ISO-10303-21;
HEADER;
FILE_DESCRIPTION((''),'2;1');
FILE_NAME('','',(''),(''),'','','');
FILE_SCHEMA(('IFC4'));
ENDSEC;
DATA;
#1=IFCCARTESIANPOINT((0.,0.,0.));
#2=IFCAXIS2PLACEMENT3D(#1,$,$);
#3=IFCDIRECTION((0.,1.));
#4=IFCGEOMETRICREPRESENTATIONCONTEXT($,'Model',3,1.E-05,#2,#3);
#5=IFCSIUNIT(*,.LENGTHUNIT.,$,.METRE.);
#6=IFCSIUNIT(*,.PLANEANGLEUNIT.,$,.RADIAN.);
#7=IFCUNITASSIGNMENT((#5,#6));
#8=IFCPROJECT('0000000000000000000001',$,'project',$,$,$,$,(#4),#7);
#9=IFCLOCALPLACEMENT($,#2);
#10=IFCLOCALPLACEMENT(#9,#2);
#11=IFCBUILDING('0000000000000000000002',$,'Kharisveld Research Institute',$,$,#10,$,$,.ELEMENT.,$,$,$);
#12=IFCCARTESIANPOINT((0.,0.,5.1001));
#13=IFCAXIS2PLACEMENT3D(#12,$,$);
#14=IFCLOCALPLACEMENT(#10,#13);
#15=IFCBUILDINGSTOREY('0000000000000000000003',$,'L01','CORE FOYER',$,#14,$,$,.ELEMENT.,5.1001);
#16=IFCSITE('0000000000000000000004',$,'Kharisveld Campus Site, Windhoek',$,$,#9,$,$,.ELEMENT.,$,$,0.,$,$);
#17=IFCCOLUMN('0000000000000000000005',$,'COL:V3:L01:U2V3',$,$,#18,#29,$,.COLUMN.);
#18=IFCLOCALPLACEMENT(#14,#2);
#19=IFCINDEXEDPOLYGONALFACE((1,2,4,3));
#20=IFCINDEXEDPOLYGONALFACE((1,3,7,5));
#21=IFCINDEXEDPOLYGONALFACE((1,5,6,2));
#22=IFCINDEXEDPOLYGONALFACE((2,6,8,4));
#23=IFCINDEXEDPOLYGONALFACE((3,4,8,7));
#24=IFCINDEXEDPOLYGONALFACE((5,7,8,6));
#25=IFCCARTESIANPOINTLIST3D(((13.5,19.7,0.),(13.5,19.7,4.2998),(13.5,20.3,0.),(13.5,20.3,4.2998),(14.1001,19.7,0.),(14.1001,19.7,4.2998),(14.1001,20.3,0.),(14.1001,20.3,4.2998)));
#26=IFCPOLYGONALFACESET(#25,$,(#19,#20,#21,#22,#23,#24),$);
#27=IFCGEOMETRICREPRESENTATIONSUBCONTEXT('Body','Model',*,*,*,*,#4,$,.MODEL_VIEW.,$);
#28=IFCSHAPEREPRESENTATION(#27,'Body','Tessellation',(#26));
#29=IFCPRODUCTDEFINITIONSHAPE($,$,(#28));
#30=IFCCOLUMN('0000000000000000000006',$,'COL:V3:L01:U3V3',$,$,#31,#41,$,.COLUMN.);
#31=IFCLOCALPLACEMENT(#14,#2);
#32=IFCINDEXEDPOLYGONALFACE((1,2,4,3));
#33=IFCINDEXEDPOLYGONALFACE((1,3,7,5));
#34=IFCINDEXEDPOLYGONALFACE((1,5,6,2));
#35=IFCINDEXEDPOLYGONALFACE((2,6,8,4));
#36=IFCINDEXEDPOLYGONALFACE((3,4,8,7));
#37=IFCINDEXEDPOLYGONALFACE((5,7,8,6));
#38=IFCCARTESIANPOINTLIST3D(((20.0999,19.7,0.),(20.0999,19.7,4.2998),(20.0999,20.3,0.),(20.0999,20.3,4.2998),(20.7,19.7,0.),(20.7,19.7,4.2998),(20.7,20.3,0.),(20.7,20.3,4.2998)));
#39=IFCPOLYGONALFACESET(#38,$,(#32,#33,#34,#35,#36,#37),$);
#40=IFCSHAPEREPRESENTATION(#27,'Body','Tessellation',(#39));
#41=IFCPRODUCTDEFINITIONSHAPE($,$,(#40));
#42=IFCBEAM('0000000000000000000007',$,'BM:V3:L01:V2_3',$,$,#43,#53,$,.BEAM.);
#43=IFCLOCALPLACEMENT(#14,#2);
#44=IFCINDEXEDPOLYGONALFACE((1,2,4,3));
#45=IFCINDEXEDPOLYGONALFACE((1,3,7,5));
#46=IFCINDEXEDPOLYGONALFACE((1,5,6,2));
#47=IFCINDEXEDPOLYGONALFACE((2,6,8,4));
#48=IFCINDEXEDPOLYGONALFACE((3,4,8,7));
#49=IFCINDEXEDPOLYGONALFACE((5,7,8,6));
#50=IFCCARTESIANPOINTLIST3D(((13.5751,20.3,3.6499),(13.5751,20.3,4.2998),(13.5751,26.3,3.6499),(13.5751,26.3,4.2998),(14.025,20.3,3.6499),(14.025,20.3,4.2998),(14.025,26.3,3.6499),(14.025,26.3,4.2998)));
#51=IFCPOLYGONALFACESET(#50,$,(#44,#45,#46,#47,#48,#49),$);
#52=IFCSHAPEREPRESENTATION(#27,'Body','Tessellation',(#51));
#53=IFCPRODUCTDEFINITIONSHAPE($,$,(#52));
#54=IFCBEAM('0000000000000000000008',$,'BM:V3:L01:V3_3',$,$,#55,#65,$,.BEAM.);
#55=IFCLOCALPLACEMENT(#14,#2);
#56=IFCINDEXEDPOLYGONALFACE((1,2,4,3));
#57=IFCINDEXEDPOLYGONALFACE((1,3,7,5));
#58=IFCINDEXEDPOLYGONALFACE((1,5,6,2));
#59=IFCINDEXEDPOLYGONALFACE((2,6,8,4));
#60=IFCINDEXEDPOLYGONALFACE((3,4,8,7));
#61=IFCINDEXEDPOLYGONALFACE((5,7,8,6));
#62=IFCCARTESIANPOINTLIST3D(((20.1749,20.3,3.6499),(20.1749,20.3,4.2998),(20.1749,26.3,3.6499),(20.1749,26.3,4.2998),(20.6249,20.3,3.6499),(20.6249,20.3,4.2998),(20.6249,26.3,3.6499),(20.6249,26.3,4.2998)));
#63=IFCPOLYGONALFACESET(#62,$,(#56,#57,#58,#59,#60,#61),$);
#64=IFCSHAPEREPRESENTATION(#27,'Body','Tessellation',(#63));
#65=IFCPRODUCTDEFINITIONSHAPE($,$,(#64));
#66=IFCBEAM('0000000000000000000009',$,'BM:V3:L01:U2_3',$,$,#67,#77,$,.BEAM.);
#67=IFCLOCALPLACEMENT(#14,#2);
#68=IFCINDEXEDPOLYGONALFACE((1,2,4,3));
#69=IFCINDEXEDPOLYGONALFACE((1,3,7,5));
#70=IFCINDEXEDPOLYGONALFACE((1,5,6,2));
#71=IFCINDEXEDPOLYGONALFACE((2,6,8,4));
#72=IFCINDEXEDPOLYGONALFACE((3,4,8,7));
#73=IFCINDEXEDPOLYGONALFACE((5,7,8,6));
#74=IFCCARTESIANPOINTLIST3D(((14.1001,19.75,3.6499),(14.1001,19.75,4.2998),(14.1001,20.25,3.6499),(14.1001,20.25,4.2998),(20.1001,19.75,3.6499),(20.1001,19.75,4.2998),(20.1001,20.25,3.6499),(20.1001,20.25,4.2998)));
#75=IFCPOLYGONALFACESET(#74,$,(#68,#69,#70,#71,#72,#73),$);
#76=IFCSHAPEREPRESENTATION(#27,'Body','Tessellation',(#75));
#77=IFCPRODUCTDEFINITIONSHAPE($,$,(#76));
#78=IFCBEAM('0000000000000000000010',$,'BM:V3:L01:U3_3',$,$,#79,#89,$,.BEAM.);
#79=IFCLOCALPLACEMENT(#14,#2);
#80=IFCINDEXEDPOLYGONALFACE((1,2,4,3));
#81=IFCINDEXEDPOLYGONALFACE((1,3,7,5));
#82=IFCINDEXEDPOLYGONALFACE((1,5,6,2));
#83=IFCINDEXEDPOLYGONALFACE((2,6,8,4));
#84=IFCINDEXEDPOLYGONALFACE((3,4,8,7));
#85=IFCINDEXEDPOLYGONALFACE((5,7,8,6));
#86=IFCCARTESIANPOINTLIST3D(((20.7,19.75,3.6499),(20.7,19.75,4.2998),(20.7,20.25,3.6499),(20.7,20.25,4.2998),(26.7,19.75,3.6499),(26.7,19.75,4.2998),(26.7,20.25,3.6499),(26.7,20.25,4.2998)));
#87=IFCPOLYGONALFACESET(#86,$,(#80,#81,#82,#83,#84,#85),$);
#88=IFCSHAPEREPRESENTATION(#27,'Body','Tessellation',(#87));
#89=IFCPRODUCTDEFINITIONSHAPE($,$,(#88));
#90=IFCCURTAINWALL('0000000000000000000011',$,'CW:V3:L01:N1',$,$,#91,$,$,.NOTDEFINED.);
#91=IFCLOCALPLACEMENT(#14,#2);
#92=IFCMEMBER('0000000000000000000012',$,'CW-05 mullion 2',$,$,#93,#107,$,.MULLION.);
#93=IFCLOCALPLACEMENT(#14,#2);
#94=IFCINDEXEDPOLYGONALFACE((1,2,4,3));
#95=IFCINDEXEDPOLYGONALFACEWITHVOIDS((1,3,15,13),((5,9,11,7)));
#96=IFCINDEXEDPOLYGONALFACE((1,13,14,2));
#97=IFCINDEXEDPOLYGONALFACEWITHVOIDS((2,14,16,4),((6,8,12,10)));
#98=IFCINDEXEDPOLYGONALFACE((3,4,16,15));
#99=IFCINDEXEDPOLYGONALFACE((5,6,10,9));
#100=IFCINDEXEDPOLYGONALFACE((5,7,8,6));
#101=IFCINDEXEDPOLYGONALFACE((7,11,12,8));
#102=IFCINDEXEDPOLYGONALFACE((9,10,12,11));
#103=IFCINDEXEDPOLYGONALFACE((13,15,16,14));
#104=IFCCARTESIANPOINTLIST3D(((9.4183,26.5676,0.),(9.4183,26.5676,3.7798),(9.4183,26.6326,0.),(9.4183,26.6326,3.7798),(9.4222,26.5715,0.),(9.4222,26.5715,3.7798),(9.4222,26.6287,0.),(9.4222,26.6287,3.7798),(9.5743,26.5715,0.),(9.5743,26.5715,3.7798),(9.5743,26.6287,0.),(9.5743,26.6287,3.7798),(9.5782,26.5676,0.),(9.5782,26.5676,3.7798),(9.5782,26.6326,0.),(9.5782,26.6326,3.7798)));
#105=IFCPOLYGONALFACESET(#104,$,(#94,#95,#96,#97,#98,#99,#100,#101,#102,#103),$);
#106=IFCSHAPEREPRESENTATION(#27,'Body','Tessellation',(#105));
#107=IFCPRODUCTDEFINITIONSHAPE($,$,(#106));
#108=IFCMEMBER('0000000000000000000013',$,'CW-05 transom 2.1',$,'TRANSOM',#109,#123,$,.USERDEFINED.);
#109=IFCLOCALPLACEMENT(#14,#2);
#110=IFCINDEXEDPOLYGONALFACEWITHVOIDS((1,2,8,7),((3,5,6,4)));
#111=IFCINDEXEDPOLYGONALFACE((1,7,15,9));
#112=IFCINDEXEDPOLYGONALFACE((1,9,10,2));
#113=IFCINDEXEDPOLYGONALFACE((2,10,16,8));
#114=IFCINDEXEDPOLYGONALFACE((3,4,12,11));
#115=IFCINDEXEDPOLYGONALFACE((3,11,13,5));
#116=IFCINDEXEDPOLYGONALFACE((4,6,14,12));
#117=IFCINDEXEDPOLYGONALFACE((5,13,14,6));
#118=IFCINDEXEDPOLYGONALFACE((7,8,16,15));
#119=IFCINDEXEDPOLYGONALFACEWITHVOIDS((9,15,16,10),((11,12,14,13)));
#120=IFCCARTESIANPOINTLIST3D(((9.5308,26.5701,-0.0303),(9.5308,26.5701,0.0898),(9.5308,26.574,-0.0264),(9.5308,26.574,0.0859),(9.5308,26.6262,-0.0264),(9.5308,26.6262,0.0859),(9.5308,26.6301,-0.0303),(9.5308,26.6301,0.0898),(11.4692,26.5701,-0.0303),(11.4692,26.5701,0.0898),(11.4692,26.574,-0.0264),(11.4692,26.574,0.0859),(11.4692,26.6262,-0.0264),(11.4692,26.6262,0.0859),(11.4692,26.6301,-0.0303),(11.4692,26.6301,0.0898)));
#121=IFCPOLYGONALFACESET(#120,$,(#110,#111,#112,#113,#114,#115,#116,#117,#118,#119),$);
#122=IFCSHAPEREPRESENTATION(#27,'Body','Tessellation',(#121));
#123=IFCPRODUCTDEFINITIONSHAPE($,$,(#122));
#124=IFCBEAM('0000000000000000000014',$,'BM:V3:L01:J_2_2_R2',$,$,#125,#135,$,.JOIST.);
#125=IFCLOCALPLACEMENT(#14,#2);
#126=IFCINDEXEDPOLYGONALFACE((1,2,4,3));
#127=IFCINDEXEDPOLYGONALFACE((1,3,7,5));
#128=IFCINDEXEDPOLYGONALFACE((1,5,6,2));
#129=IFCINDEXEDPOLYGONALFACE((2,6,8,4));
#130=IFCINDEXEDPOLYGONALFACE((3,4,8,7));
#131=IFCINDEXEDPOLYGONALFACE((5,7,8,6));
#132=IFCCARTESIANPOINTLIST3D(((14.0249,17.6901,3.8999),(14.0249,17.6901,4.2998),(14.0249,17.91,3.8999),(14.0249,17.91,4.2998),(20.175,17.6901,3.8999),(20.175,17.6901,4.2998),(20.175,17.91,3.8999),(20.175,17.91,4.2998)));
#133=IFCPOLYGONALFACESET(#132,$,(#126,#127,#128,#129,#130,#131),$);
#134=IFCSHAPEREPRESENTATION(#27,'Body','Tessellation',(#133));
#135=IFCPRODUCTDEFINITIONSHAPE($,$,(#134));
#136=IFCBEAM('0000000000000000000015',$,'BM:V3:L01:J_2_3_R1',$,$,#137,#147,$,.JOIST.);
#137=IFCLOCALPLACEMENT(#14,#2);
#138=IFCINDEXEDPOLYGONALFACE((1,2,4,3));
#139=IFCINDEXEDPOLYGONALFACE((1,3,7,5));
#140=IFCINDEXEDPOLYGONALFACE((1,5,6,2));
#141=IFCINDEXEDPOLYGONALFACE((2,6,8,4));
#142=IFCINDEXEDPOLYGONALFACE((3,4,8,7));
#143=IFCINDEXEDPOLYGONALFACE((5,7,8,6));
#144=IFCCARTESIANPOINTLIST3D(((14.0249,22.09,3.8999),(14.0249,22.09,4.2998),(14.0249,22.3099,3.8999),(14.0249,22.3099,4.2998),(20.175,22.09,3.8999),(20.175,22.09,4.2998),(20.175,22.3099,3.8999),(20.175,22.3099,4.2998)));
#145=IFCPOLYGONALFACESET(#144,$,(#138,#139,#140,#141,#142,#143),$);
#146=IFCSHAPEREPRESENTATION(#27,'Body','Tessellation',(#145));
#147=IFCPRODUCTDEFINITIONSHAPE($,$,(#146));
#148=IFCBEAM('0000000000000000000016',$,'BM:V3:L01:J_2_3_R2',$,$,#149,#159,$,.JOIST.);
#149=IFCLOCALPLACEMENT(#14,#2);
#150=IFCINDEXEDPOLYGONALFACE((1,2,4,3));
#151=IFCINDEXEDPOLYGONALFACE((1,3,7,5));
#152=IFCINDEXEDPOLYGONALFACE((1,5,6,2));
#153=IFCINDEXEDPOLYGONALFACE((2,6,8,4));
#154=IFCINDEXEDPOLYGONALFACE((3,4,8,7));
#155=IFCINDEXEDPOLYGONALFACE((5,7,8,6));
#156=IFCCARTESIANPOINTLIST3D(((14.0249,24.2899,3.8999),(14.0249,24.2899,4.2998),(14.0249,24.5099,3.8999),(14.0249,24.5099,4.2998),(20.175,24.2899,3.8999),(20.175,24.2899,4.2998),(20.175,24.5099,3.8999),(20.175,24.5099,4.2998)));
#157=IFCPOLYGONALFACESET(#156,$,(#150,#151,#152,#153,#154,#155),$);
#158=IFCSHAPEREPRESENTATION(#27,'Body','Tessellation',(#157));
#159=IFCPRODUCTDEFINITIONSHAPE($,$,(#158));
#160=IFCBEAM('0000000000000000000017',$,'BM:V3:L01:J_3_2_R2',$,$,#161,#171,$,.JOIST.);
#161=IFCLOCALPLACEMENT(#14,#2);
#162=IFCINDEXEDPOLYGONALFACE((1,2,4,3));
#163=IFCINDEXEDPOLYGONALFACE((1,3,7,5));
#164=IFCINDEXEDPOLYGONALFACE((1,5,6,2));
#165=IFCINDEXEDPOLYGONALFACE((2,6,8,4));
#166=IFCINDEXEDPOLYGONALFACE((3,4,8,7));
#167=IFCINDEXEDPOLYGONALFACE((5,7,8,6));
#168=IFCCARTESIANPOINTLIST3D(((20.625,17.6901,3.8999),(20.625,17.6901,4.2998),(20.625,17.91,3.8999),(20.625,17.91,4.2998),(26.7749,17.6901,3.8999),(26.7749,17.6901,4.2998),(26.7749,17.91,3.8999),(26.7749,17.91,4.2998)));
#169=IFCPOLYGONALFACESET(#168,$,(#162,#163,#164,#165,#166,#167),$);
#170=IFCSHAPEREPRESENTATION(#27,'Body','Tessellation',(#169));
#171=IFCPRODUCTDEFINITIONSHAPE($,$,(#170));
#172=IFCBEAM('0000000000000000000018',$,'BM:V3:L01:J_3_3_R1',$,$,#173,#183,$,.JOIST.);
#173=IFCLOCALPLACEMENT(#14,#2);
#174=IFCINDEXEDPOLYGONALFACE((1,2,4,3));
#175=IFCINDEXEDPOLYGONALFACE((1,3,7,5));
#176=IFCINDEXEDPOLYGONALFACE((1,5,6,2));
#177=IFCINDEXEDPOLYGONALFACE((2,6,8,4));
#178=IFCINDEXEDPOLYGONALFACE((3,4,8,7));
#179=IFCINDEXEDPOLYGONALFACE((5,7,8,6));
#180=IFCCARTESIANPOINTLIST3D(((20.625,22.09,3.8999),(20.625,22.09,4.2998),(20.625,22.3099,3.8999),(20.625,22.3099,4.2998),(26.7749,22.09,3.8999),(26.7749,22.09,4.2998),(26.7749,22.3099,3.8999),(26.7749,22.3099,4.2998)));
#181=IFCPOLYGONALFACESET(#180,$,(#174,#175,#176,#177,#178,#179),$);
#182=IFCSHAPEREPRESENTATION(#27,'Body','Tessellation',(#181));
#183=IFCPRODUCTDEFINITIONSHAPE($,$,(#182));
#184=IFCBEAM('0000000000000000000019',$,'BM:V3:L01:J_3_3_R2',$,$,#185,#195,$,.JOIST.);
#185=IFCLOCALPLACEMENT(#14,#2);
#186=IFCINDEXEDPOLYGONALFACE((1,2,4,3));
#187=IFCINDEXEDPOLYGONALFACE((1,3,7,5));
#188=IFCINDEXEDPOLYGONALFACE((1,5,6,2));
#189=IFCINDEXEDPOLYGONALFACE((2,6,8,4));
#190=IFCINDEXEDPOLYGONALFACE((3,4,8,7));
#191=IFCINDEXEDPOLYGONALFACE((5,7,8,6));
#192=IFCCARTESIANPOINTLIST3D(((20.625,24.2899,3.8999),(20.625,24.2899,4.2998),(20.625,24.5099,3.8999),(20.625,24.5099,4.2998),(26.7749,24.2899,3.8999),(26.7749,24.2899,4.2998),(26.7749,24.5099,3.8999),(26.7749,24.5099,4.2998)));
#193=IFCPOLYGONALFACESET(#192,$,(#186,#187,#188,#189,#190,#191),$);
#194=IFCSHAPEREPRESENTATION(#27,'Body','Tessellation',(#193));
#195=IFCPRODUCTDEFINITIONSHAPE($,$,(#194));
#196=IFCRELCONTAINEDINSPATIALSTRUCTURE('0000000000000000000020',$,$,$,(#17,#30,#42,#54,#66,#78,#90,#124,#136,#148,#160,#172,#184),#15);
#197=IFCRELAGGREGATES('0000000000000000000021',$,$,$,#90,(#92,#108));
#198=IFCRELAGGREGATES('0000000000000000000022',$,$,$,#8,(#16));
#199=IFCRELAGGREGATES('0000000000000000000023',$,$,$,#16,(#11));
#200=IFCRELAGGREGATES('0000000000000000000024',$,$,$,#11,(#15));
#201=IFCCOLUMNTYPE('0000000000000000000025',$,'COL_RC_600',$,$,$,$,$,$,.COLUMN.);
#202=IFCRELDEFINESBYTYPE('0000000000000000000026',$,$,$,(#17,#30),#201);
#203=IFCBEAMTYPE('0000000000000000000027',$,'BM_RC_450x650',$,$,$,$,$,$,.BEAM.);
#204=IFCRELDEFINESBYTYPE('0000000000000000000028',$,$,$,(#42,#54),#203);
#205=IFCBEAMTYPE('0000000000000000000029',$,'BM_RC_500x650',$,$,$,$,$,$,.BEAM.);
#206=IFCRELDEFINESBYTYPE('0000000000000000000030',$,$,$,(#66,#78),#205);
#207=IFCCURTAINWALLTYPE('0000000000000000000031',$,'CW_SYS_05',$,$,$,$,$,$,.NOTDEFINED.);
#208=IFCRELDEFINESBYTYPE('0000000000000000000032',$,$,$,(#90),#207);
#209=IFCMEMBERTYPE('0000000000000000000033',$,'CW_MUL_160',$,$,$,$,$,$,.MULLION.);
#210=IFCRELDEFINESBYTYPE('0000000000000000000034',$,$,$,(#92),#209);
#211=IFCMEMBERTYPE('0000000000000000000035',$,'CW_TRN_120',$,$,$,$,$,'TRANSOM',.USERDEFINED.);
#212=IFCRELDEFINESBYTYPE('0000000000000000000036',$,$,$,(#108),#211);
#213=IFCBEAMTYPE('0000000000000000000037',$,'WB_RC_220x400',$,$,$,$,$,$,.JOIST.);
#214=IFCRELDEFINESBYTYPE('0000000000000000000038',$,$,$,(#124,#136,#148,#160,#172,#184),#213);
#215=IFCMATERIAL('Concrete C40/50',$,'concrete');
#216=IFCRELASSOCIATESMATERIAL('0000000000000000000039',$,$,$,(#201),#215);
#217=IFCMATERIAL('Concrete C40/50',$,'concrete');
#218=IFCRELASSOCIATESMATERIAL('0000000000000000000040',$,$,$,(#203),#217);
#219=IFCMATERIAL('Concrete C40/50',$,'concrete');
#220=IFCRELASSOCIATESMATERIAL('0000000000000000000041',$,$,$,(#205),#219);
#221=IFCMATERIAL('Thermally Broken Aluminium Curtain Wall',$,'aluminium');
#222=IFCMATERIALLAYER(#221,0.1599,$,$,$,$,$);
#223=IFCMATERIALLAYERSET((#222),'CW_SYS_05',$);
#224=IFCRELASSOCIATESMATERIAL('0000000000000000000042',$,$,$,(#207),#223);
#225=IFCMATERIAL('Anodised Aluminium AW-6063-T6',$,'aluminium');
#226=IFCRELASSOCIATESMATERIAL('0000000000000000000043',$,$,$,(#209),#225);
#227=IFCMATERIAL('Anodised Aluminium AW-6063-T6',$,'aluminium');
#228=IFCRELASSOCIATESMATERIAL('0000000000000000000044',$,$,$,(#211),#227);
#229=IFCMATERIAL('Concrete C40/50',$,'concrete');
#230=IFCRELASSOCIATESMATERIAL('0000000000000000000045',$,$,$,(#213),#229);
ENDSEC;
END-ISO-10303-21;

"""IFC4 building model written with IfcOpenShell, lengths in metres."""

from ifc_helpers import new_model, si_unit, direction, frame, origin, origin_2d, place, context, subcontext, project, spatial, rectangle, hollow_rectangle, extrude, material, layer, layer_set, material_profile, profile_set, type_object, element, aggregate, save


model = new_model("IFC4")

# Units and contexts
model_context = context("Model", 3, precision=1e-05, world=origin(), true_north=direction((0.0, 1.0)))
body_context = subcontext(model_context, "Body", "Model", "MODEL_VIEW")
ifc_project = project(units=[si_unit("LENGTHUNIT", "METRE"), si_unit("PLANEANGLEUNIT", "RADIAN")], contexts=[model_context])

# Site, building, storey
site_placement = place(None, origin())
site = spatial("IfcSite", under=ifc_project, at=site_placement, Name="Kharisveld Campus Site, Windhoek", CompositionType="ELEMENT", RefElevation=0.0)
building_placement = place(site_placement, origin())
building = spatial("IfcBuilding", under=site, at=building_placement, Name="Kharisveld Research Institute", CompositionType="ELEMENT")
storey_placement = place(building_placement, frame((0.0, 0.0, 5.1001)))
storey = spatial("IfcBuildingStorey", under=building, at=storey_placement, Name="L01", Description="CORE FOYER", CompositionType="ELEMENT", Elevation=5.1001)

# Columns
ifc_material_1 = material(Name="Concrete C40/50", Category="concrete")
ifc_material_profile_1 = material_profile(ifc_material_1, rectangle(XDim=0.6001, YDim=0.6001, at=origin_2d()))
ifc_profile_set_1 = profile_set([ifc_material_profile_1], Name="Concrete C40/50")
column_type = type_object("IfcColumnType", Name="COL_RC_600", PredefinedType="COLUMN", material=ifc_profile_set_1)
for number, where, z_axis, x_axis, name in (
    (1, (13.8, 20.0, 0.0), (0.0, 0.0, 1.0), (1.0, 0.0, 0.0), "COL:V3:L01:U2V3"),
    (2, (20.3999, 20.0, 0.0), (0.0, 0.0, 1.0), (1.0, 0.0, 0.0), "COL:V3:L01:U3V3"),
):
    element("IfcColumn", number, at=place(storey_placement, frame(where, z_axis=z_axis, x_axis=x_axis)), inside=storey, type_object=column_type, Name=name, PredefinedType="COLUMN", context=body_context, shape_type="SweptSolid", body=[
        extrude(rectangle(XDim=0.6001, YDim=0.6001, at=origin_2d()), origin(), (0.0, 0.0, 1.0), 4.2998),
    ])

# Beams
ifc_material_2 = material(Name="Concrete C40/50", Category="concrete")
ifc_material_profile_2 = material_profile(ifc_material_2, rectangle(XDim=0.45, YDim=0.6499, at=origin_2d()))
ifc_profile_set_2 = profile_set([ifc_material_profile_2], Name="Concrete C40/50")
beam_type_1 = type_object("IfcBeamType", Name="BM_RC_450x650", PredefinedType="BEAM", material=ifc_profile_set_2)
for number, where, z_axis, x_axis, name in (
    (3, (13.8, 20.3, 3.9749), (0.0, 1.0, 0.0), (-1.0, 0.0, 0.0), "BM:V3:L01:V2_3"),
    (4, (20.3999, 20.3, 3.9749), (0.0, 1.0, 0.0), (-1.0, 0.0, 0.0), "BM:V3:L01:V3_3"),
):
    element("IfcBeam", number, at=place(storey_placement, frame(where, z_axis=z_axis, x_axis=x_axis)), inside=storey, type_object=beam_type_1, Name=name, PredefinedType="BEAM", context=body_context, shape_type="SweptSolid", body=[
        extrude(rectangle(XDim=0.45, YDim=0.6499, at=origin_2d()), origin(), (0.0, 0.0, 1.0), 6.0),
    ])
ifc_material_3 = material(Name="Concrete C40/50", Category="concrete")
ifc_material_profile_3 = material_profile(ifc_material_3, rectangle(XDim=0.5, YDim=0.6499, at=origin_2d()))
ifc_profile_set_3 = profile_set([ifc_material_profile_3], Name="Concrete C40/50")
beam_type_2 = type_object("IfcBeamType", Name="BM_RC_500x650", PredefinedType="BEAM", material=ifc_profile_set_3)
for number, where, z_axis, x_axis, name in (
    (5, (14.1001, 20.0, 3.9749), (1.0, 0.0, 0.0), (0.0, 1.0, 0.0), "BM:V3:L01:U2_3"),
    (6, (20.7, 20.0, 3.9749), (1.0, 0.0, 0.0), (0.0, 1.0, 0.0), "BM:V3:L01:U3_3"),
):
    element("IfcBeam", number, at=place(storey_placement, frame(where, z_axis=z_axis, x_axis=x_axis)), inside=storey, type_object=beam_type_2, Name=name, PredefinedType="BEAM", context=body_context, shape_type="SweptSolid", body=[
        extrude(rectangle(XDim=0.5, YDim=0.6499, at=origin_2d()), origin(), (0.0, 0.0, 1.0), 6.0),
    ])

# Curtain wall, members
ifc_material_4 = material(Name="Thermally Broken Aluminium Curtain Wall", Category="aluminium")
ifc_layer_1 = layer(ifc_material_4, 0.1599)
ifc_layer_set_1 = layer_set([ifc_layer_1], Name="CW_SYS_05")
curtain_wall_type = type_object("IfcCurtainWallType", Name="CW_SYS_05", PredefinedType="NOTDEFINED", material=ifc_layer_set_1)
curtain_wall_placement = place(storey_placement, origin())
curtain_wall = element("IfcCurtainWall", 7, at=curtain_wall_placement, inside=storey, type_object=curtain_wall_type, Name="CW:V3:L01:N1", PredefinedType="NOTDEFINED")
ifc_material_5 = material(Name="Anodised Aluminium AW-6063-T6", Category="aluminium")
ifc_material_profile_4 = material_profile(ifc_material_5, hollow_rectangle(XDim=0.0649, YDim=0.1599, WallThickness=0.0039, at=origin_2d()))
ifc_profile_set_4 = profile_set([ifc_material_profile_4], Name="Anodised Aluminium AW-6063-T6")
member_type_1 = type_object("IfcMemberType", Name="CW_MUL_160", PredefinedType="MULLION", material=ifc_profile_set_4)
member_1_placement = place(storey_placement, frame((9.4983, 26.6001, 0.0), z_axis=(0.0, 0.0, 1.0), x_axis=(0.0, 1.0, 0.0)))
member_1 = element("IfcMember", 8, at=member_1_placement, type_object=member_type_1, Name="CW-05 mullion 2", PredefinedType="MULLION", context=body_context, shape_type="SweptSolid", body=[
    extrude(hollow_rectangle(XDim=0.0649, YDim=0.1599, WallThickness=0.0039, at=origin_2d()), origin(), (0.0, 0.0, 1.0), 3.7798),
])
ifc_material_6 = material(Name="Anodised Aluminium AW-6063-T6", Category="aluminium")
ifc_material_profile_5 = material_profile(ifc_material_6, hollow_rectangle(XDim=0.0601, YDim=0.1201, WallThickness=0.0039, at=origin_2d()))
ifc_profile_set_5 = profile_set([ifc_material_profile_5], Name="Anodised Aluminium AW-6063-T6")
member_type_2 = type_object("IfcMemberType", Name="CW_TRN_120", ElementType="TRANSOM", PredefinedType="USERDEFINED", material=ifc_profile_set_5)
member_2_placement = place(storey_placement, frame((9.5308, 26.6001, 0.0298), z_axis=(1.0, 0.0, 0.0), x_axis=(0.0, 1.0, 0.0)))
member_2 = element("IfcMember", 9, at=member_2_placement, type_object=member_type_2, Name="CW-05 transom 2.1", ObjectType="TRANSOM", PredefinedType="USERDEFINED", context=body_context, shape_type="SweptSolid", body=[
    extrude(hollow_rectangle(XDim=0.0601, YDim=0.1201, WallThickness=0.0039, at=origin_2d()), origin(), (0.0, 0.0, 1.0), 1.9385),
])

# Beams
ifc_material_7 = material(Name="Concrete C40/50", Category="concrete")
ifc_material_profile_6 = material_profile(ifc_material_7, rectangle(XDim=0.22, YDim=0.3999, at=origin_2d()))
ifc_profile_set_6 = profile_set([ifc_material_profile_6], Name="Concrete C40/50")
beam_type_3 = type_object("IfcBeamType", Name="WB_RC_220x400", PredefinedType="JOIST", material=ifc_profile_set_6)
for number, where, z_axis, x_axis, name in (
    (10, (14.0249, 17.8, 4.0999), (1.0, 0.0, 0.0), (0.0, 1.0, 0.0), "BM:V3:L01:J_2_2_R2"),
    (11, (14.0249, 22.2, 4.0999), (1.0, 0.0, 0.0), (0.0, 1.0, 0.0), "BM:V3:L01:J_2_3_R1"),
    (12, (14.0249, 24.3999, 4.0999), (1.0, 0.0, 0.0), (0.0, 1.0, 0.0), "BM:V3:L01:J_2_3_R2"),
):
    element("IfcBeam", number, at=place(storey_placement, frame(where, z_axis=z_axis, x_axis=x_axis)), inside=storey, type_object=beam_type_3, Name=name, PredefinedType="JOIST", context=body_context, shape_type="SweptSolid", body=[
        extrude(rectangle(XDim=0.22, YDim=0.3999, at=origin_2d()), origin(), (0.0, 0.0, 1.0), 6.1501),
    ])
for number, where, z_axis, x_axis, name in (
    (13, (20.625, 17.8, 4.0999), (1.0, 0.0, 0.0), (0.0, 1.0, 0.0), "BM:V3:L01:J_3_2_R2"),
    (14, (20.625, 22.2, 4.0999), (1.0, 0.0, 0.0), (0.0, 1.0, 0.0), "BM:V3:L01:J_3_3_R1"),
    (15, (20.625, 24.3999, 4.0999), (1.0, 0.0, 0.0), (0.0, 1.0, 0.0), "BM:V3:L01:J_3_3_R2"),
):
    element("IfcBeam", number, at=place(storey_placement, frame(where, z_axis=z_axis, x_axis=x_axis)), inside=storey, type_object=beam_type_3, Name=name, PredefinedType="JOIST", context=body_context, shape_type="SweptSolid", body=[
        extrude(rectangle(XDim=0.22, YDim=0.3999, at=origin_2d()), origin(), (0.0, 0.0, 1.0), 6.1499),
    ])

aggregate(curtain_wall, [member_1, member_2])

save(model, "model.ifc")
